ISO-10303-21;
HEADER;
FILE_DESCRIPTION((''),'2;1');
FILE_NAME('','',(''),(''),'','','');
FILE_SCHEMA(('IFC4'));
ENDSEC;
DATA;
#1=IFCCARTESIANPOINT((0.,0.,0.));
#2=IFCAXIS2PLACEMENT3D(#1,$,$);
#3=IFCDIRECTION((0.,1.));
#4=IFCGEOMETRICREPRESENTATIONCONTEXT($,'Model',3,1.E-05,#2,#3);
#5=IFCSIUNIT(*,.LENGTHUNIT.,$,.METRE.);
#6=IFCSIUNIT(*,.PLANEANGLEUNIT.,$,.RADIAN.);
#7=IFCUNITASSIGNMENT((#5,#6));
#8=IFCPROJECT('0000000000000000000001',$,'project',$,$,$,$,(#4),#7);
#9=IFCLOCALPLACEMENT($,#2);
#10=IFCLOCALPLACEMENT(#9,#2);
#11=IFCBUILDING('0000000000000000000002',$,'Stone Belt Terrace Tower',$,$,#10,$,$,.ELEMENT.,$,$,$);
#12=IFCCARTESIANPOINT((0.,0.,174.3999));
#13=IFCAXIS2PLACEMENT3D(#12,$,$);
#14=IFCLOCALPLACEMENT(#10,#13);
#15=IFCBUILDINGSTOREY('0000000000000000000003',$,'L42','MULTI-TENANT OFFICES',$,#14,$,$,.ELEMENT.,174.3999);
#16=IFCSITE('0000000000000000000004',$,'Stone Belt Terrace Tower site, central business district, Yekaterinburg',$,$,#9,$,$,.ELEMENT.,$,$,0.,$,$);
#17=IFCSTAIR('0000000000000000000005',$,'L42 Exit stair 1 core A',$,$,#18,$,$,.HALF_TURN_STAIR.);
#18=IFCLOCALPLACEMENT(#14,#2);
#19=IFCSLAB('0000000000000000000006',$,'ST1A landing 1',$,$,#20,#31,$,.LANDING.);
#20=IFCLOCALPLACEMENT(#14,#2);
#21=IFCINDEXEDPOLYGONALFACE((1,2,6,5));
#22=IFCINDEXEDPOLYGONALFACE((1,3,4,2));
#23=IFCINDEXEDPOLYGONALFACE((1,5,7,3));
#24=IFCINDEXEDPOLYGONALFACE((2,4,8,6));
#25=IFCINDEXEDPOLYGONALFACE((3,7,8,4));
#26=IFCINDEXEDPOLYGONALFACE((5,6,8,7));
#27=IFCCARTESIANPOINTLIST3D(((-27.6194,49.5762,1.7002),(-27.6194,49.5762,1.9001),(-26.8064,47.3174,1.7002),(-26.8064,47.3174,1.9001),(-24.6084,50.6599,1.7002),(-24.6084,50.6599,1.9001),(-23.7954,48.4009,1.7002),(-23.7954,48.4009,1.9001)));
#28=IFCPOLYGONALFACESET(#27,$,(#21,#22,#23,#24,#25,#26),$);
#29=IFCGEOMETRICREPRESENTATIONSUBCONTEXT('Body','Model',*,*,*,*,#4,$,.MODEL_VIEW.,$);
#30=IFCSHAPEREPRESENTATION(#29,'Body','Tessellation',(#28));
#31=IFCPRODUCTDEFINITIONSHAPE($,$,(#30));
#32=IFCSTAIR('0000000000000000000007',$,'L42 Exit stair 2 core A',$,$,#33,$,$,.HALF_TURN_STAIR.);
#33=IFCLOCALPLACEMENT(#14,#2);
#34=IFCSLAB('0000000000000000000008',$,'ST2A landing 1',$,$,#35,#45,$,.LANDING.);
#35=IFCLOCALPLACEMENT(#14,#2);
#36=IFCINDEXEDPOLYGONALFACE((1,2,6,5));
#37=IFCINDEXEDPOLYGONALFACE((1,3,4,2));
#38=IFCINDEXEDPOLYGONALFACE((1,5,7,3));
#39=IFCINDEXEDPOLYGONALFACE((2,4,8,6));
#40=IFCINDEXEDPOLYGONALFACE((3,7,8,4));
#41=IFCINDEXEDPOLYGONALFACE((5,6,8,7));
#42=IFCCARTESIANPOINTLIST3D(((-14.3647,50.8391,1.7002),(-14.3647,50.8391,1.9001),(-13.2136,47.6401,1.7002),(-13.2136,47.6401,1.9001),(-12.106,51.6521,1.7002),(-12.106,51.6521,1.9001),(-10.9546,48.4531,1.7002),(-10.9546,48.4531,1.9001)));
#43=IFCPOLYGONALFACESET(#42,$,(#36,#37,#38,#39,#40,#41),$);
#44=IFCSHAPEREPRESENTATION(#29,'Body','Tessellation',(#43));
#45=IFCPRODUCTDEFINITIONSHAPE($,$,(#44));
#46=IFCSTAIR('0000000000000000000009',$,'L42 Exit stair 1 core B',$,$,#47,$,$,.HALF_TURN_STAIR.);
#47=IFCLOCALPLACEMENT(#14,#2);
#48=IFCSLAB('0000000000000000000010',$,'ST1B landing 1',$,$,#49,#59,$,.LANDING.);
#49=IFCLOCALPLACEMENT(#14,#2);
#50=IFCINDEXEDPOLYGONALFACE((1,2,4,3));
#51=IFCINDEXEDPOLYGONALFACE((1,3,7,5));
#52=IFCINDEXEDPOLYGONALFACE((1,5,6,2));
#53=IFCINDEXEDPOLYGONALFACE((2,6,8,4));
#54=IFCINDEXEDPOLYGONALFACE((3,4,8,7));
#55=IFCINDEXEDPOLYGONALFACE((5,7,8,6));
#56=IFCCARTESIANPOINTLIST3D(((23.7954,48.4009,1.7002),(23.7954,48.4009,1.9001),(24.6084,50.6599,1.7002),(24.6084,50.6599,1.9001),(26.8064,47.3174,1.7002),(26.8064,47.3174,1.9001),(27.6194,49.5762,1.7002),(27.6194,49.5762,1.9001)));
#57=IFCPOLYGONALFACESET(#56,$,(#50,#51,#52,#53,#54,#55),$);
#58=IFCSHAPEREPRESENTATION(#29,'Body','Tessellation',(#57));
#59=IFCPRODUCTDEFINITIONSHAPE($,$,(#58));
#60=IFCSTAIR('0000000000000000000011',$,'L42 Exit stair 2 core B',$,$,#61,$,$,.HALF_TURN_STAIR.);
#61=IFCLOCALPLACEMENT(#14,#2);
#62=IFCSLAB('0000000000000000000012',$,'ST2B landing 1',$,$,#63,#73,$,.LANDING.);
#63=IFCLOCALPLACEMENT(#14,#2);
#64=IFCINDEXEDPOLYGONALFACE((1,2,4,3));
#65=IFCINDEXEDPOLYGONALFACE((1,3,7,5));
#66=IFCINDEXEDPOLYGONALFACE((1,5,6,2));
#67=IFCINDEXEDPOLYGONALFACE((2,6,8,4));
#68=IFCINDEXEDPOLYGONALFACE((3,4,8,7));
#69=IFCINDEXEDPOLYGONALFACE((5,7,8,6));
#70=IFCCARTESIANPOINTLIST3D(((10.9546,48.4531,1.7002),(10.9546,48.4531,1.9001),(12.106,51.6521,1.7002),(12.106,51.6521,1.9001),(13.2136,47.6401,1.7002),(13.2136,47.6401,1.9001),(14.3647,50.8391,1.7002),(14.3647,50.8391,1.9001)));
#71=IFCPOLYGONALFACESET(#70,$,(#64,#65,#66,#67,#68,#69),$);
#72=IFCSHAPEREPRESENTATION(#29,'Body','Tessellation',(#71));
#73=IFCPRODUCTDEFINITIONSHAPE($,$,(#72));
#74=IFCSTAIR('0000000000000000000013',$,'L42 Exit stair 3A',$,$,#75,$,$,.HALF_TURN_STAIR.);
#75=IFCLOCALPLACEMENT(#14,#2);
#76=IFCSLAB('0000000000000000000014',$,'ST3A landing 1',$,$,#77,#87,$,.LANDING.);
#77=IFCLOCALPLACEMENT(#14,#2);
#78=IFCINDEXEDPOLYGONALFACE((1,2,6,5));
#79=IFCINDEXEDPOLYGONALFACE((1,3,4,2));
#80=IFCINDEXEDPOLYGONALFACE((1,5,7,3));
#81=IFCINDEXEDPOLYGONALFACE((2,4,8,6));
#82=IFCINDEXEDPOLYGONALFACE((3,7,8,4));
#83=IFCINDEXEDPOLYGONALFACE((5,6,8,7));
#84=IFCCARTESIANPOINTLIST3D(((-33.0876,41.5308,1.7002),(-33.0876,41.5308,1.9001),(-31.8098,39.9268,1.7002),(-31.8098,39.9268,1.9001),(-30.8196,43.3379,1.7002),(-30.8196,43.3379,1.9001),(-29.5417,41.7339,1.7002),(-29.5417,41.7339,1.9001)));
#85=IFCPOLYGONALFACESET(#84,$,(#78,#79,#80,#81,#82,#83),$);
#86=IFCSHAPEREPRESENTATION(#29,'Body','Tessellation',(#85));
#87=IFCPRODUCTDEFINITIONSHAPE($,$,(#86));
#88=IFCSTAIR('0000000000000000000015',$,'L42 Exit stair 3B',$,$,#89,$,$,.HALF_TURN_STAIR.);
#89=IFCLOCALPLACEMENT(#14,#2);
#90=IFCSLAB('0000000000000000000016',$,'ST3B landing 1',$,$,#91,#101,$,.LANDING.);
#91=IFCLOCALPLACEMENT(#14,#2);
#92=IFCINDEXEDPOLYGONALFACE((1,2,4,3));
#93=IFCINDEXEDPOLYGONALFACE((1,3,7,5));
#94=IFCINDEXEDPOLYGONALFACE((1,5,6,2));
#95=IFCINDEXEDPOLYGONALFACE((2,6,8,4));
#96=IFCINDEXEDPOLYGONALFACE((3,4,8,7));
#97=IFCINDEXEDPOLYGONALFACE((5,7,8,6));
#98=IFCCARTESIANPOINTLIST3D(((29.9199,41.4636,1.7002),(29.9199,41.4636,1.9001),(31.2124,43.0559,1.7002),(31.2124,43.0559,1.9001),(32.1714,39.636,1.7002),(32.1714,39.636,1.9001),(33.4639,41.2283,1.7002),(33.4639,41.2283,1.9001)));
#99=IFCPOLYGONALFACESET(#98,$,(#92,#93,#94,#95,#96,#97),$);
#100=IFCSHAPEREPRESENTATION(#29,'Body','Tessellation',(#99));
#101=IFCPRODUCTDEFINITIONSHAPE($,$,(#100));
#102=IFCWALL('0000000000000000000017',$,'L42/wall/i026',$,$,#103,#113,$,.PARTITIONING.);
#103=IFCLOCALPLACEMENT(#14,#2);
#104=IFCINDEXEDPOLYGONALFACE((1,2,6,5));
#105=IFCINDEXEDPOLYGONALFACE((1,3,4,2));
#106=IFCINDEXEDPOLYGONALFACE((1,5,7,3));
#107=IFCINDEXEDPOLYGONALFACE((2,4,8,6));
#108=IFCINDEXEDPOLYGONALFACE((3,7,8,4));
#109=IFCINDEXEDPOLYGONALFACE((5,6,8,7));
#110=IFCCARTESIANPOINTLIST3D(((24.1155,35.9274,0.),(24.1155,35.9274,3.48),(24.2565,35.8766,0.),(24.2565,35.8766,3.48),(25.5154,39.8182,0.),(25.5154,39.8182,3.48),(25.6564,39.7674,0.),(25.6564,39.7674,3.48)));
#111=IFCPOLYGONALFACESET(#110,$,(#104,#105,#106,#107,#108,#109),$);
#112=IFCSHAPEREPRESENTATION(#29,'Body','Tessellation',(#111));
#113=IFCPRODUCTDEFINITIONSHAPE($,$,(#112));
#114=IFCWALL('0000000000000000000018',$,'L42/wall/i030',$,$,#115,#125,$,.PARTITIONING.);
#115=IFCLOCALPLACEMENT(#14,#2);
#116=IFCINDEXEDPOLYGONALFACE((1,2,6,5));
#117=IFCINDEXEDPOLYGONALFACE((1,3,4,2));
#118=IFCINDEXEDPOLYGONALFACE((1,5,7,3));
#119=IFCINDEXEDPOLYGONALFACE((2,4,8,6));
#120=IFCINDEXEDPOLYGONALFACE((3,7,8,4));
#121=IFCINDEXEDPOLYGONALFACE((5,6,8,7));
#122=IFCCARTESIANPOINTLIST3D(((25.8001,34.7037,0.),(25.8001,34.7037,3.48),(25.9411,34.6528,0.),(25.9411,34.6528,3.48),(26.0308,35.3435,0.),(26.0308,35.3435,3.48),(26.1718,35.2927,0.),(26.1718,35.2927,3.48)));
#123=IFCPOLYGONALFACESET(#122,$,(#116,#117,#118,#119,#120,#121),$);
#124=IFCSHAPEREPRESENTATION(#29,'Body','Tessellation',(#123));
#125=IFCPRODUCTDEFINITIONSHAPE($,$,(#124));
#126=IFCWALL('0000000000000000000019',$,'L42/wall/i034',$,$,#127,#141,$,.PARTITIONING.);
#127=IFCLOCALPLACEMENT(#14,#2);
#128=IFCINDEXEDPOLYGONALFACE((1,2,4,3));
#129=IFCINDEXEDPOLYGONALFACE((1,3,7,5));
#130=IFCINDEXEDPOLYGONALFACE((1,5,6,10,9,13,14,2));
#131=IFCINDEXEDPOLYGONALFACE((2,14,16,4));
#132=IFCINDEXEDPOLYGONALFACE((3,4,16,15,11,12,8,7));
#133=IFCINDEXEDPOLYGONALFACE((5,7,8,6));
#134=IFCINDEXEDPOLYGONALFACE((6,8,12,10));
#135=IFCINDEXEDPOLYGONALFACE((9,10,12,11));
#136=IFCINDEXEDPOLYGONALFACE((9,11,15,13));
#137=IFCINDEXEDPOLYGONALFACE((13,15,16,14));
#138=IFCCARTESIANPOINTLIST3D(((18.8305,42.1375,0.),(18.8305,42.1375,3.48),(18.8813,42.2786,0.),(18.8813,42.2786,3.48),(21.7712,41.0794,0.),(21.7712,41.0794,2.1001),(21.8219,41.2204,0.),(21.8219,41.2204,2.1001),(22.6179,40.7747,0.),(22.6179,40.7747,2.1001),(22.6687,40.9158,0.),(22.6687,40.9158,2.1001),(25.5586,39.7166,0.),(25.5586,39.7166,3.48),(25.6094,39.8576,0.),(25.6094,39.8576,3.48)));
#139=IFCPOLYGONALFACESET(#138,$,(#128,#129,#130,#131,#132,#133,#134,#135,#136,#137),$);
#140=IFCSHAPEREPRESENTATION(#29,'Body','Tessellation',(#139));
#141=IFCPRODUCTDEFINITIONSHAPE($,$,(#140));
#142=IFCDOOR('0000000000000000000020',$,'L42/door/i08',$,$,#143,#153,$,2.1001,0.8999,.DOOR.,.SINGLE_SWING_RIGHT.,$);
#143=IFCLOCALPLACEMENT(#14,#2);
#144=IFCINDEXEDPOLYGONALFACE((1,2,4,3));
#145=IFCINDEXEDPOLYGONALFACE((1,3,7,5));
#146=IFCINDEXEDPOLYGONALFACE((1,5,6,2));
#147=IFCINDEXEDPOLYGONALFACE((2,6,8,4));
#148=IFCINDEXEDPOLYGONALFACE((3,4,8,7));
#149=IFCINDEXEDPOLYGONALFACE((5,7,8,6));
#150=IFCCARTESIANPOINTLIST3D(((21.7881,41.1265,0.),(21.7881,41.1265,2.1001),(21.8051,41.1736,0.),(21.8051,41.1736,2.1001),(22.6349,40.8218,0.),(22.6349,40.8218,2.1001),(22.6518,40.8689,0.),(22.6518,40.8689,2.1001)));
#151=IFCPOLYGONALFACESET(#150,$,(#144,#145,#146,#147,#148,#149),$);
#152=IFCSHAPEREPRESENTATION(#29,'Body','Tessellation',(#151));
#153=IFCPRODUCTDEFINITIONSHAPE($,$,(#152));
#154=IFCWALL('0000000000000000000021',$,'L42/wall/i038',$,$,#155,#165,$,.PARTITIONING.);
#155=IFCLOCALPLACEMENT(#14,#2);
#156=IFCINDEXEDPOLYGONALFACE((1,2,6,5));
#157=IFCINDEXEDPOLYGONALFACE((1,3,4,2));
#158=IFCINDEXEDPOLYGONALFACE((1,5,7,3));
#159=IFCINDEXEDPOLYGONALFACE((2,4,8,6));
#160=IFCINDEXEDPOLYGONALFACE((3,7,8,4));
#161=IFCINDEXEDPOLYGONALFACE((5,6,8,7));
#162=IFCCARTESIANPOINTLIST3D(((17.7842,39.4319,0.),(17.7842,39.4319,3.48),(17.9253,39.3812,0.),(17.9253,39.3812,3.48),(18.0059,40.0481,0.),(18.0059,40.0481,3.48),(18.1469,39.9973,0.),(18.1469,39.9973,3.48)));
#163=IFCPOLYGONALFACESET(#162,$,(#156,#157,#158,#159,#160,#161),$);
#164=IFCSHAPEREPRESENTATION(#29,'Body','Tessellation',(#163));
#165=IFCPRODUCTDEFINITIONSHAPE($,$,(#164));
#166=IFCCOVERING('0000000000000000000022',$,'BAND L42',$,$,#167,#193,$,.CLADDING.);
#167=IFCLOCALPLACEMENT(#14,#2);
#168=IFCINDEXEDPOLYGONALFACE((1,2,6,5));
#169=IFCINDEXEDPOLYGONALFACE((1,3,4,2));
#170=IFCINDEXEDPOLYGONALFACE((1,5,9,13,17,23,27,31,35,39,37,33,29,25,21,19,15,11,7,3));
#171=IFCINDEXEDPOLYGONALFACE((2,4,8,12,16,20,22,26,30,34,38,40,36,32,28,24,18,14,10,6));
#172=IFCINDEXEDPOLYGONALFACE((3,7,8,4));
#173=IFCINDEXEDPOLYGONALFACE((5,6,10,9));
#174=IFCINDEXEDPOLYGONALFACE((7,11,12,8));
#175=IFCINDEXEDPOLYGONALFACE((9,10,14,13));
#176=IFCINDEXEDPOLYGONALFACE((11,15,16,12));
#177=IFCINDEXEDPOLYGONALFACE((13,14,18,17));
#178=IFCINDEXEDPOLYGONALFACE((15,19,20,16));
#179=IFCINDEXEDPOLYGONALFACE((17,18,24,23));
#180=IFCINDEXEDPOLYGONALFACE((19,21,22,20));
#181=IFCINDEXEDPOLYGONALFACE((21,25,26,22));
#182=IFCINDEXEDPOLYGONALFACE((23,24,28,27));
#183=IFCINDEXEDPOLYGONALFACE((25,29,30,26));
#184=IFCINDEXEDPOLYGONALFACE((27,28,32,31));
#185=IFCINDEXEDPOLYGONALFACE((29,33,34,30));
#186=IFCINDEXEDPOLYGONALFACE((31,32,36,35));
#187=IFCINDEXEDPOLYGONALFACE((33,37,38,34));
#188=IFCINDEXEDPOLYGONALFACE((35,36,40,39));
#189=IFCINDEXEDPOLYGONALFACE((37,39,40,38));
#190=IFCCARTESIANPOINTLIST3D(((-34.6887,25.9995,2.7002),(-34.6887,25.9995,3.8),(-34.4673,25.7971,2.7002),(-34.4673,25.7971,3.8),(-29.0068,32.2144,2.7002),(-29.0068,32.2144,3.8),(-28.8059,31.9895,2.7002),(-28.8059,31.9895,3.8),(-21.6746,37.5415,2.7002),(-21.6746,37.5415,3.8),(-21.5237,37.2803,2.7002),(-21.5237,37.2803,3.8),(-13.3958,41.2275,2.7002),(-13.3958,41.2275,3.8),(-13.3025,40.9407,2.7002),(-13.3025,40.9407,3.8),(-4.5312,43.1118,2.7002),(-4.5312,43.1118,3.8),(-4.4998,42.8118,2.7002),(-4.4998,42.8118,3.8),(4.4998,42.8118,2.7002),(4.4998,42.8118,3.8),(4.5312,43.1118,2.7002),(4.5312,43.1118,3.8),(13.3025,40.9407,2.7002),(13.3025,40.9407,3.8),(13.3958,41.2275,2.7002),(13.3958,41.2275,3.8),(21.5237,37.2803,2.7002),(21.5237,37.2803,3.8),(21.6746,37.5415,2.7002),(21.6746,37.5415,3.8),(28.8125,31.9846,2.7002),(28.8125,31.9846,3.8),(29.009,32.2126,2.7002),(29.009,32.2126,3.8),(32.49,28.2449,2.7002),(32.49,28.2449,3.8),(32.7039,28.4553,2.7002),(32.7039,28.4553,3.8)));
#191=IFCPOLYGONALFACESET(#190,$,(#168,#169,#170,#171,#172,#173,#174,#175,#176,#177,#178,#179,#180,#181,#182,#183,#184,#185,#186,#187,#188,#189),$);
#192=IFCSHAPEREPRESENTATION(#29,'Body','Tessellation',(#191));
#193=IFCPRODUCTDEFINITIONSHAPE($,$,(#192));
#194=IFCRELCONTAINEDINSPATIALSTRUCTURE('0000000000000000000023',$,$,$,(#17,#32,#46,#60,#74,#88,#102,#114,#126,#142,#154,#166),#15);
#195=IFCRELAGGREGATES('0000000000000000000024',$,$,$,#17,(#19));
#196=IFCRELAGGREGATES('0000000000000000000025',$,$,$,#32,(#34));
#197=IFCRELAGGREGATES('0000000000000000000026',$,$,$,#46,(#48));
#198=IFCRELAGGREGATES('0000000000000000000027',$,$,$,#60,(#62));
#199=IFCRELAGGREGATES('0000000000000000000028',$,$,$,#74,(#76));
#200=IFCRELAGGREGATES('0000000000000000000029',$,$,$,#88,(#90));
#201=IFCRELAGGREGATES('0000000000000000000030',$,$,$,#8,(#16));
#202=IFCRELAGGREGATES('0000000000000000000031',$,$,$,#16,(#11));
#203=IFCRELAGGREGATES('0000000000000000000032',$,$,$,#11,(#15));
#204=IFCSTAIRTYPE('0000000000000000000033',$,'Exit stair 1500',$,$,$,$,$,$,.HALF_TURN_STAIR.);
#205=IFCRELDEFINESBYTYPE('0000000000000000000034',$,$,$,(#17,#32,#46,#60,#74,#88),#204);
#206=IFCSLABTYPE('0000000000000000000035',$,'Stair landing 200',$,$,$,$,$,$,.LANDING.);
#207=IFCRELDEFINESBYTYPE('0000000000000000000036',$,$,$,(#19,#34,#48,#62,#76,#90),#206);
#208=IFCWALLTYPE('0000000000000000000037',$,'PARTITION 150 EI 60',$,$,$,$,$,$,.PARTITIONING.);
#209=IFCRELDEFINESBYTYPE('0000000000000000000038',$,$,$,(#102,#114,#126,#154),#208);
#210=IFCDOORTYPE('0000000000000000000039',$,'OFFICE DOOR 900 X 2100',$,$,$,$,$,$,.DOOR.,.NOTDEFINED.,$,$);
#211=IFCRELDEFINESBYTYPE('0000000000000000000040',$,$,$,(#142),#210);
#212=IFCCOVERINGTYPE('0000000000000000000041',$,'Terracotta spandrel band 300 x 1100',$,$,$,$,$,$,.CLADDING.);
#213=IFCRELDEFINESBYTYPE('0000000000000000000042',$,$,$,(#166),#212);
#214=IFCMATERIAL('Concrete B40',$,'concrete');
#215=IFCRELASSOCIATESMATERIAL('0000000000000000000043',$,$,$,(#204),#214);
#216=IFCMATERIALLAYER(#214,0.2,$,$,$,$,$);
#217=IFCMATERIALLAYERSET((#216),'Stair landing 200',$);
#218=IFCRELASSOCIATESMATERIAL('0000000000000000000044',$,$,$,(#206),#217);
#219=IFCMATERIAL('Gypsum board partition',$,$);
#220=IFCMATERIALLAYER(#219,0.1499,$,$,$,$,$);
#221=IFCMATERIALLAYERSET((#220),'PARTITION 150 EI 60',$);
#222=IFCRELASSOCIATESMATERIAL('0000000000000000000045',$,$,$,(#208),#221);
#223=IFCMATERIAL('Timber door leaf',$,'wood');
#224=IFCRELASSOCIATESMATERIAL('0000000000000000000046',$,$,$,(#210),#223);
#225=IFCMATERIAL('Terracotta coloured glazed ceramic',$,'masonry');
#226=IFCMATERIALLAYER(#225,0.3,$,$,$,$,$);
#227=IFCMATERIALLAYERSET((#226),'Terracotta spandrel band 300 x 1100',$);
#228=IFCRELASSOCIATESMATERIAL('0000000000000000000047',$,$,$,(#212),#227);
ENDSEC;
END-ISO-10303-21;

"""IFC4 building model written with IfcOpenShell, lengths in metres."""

from ifc_helpers import new_model, si_unit, direction, frame, frame_2d, origin, place, context, subcontext, project, spatial, polyline, rectangle, outline, extrude, material, layer, layer_set, type_object, element, fill, aggregate, save


model = new_model("IFC4")

# Units and contexts
model_context = context("Model", 3, precision=1e-05, world=origin(), true_north=direction((0.0, 1.0)))
body_context = subcontext(model_context, "Body", "Model", "MODEL_VIEW")
ifc_project = project(units=[si_unit("LENGTHUNIT", "METRE"), si_unit("PLANEANGLEUNIT", "RADIAN")], contexts=[model_context])

# Site, building, storey
site_placement = place(None, origin())
site = spatial("IfcSite", under=ifc_project, at=site_placement, Name="Stone Belt Terrace Tower site, central business district, Yekaterinburg", CompositionType="ELEMENT", RefElevation=0.0)
building_placement = place(site_placement, origin())
building = spatial("IfcBuilding", under=site, at=building_placement, Name="Stone Belt Terrace Tower", CompositionType="ELEMENT")
storey_placement = place(building_placement, frame((0.0, 0.0, 174.3999)))
storey = spatial("IfcBuildingStorey", under=building, at=storey_placement, Name="L42", Description="MULTI-TENANT OFFICES", CompositionType="ELEMENT", Elevation=174.3999)

# Shared definitions
ifc_material_1 = material(Name="Concrete B40", Category="concrete")

# Stairs, slabs
stair_type = type_object("IfcStairType", Name="Exit stair 1500", PredefinedType="HALF_TURN_STAIR", material=ifc_material_1)
stair_1_placement = place(storey_placement, origin())
stair_1 = element("IfcStair", 1, at=stair_1_placement, inside=storey, type_object=stair_type, Name="L42 Exit stair 1 core A", PredefinedType="HALF_TURN_STAIR")
ifc_layer_1 = layer(ifc_material_1, 0.2)
ifc_layer_set_1 = layer_set([ifc_layer_1], Name="Stair landing 200")
slab_type_1 = type_object("IfcSlabType", Name="Stair landing 200", PredefinedType="LANDING", material=ifc_layer_set_1)
slab_1_placement = place(storey_placement, frame((0.0, 0.0, 1.7002)))
slab_1 = element("IfcSlab", 2, at=slab_1_placement, type_object=slab_type_1, Name="ST1A landing 1", PredefinedType="LANDING", context=body_context, shape_type="SweptSolid", body=[
    extrude(outline(polyline([(-23.7954, 48.4009), (-24.6084, 50.6599), (-27.6194, 49.5762), (-26.8064, 47.3174), (-23.7954, 48.4009)])), origin(), (0.0, 0.0, 1.0), 0.2),
])
aggregate(stair_1, [slab_1])
stair_2_placement = place(storey_placement, origin())
stair_2 = element("IfcStair", 3, at=stair_2_placement, inside=storey, type_object=stair_type, Name="L42 Exit stair 2 core A", PredefinedType="HALF_TURN_STAIR")
slab_2_placement = place(storey_placement, frame((0.0, 0.0, 1.7002)))
slab_2 = element("IfcSlab", 4, at=slab_2_placement, type_object=slab_type_1, Name="ST2A landing 1", PredefinedType="LANDING", context=body_context, shape_type="SweptSolid", body=[
    extrude(outline(polyline([(-13.2136, 47.6401), (-10.9546, 48.4531), (-12.106, 51.6521), (-14.3647, 50.8391), (-13.2136, 47.6401)])), origin(), (0.0, 0.0, 1.0), 0.2),
])
aggregate(stair_2, [slab_2])
stair_3_placement = place(storey_placement, origin())
stair_3 = element("IfcStair", 5, at=stair_3_placement, inside=storey, type_object=stair_type, Name="L42 Exit stair 1 core B", PredefinedType="HALF_TURN_STAIR")
slab_3_placement = place(storey_placement, frame((0.0, 0.0, 1.7002)))
slab_3 = element("IfcSlab", 6, at=slab_3_placement, type_object=slab_type_1, Name="ST1B landing 1", PredefinedType="LANDING", context=body_context, shape_type="SweptSolid", body=[
    extrude(outline(polyline([(26.8064, 47.3174), (27.6194, 49.5762), (24.6084, 50.6599), (23.7954, 48.4009), (26.8064, 47.3174)])), origin(), (0.0, 0.0, 1.0), 0.2),
])
aggregate(stair_3, [slab_3])
stair_4_placement = place(storey_placement, origin())
stair_4 = element("IfcStair", 7, at=stair_4_placement, inside=storey, type_object=stair_type, Name="L42 Exit stair 2 core B", PredefinedType="HALF_TURN_STAIR")
slab_4_placement = place(storey_placement, frame((0.0, 0.0, 1.7002)))
slab_4 = element("IfcSlab", 8, at=slab_4_placement, type_object=slab_type_1, Name="ST2B landing 1", PredefinedType="LANDING", context=body_context, shape_type="SweptSolid", body=[
    extrude(outline(polyline([(14.3647, 50.8391), (12.106, 51.6521), (10.9546, 48.4531), (13.2136, 47.6401), (14.3647, 50.8391)])), origin(), (0.0, 0.0, 1.0), 0.2),
])
aggregate(stair_4, [slab_4])
stair_5_placement = place(storey_placement, origin())
stair_5 = element("IfcStair", 9, at=stair_5_placement, inside=storey, type_object=stair_type, Name="L42 Exit stair 3A", PredefinedType="HALF_TURN_STAIR")
slab_5_placement = place(storey_placement, frame((0.0, 0.0, 1.7002)))
slab_5 = element("IfcSlab", 10, at=slab_5_placement, type_object=slab_type_1, Name="ST3A landing 1", PredefinedType="LANDING", context=body_context, shape_type="SweptSolid", body=[
    extrude(outline(polyline([(-29.5417, 41.7339), (-30.8196, 43.3379), (-33.0876, 41.5308), (-31.8098, 39.9268), (-29.5417, 41.7339)])), origin(), (0.0, 0.0, 1.0), 0.2),
])
aggregate(stair_5, [slab_5])
stair_6_placement = place(storey_placement, origin())
stair_6 = element("IfcStair", 11, at=stair_6_placement, inside=storey, type_object=stair_type, Name="L42 Exit stair 3B", PredefinedType="HALF_TURN_STAIR")
slab_6_placement = place(storey_placement, frame((0.0, 0.0, 1.7002)))
slab_6 = element("IfcSlab", 12, at=slab_6_placement, type_object=slab_type_1, Name="ST3B landing 1", PredefinedType="LANDING", context=body_context, shape_type="SweptSolid", body=[
    extrude(outline(polyline([(32.1714, 39.636), (33.4639, 41.2283), (31.2124, 43.0559), (29.9199, 41.4636), (32.1714, 39.636)])), origin(), (0.0, 0.0, 1.0), 0.2),
])
aggregate(stair_6, [slab_6])

# Walls
ifc_material_2 = material(Name="Gypsum board partition")
ifc_layer_2 = layer(ifc_material_2, 0.1499)
ifc_layer_set_2 = layer_set([ifc_layer_2], Name="PARTITION 150 EI 60")
wall_type = type_object("IfcWallType", Name="PARTITION 150 EI 60", PredefinedType="PARTITIONING", material=ifc_layer_set_2)
wall_1_placement = place(storey_placement, frame((24.186, 35.9021, 0.0), z_axis=(0.0, 0.0, 1.0), x_axis=(0.338546, 0.94095, 0.0)))
element("IfcWall", 13, at=wall_1_placement, inside=storey, type_object=wall_type, Name="L42/wall/i026", PredefinedType="PARTITIONING", context=body_context, shape_type="SweptSolid", body=[
    extrude(rectangle(XDim=4.135, YDim=0.1499, at=frame_2d((2.0674, 0.0))), origin(), (0.0, 0.0, 1.0), 3.48),
])
wall_2_placement = place(storey_placement, frame((26.1013, 35.3181, 0.0), z_axis=(0.0, 0.0, 1.0), x_axis=(-0.339177, -0.940723, 0.0)))
element("IfcWall", 14, at=wall_2_placement, inside=storey, type_object=wall_type, Name="L42/wall/i030", PredefinedType="PARTITIONING", context=body_context, shape_type="SweptSolid", body=[
    extrude(rectangle(XDim=0.6802, YDim=0.1499, at=frame_2d((0.3401, 0.0))), origin(), (0.0, 0.0, 1.0), 3.48),
])

# Wall, opening, door
wall_3_placement = place(storey_placement, frame((25.584, 39.7871, 0.0), z_axis=(0.0, 0.0, 1.0), x_axis=(-0.940941, 0.338572, 0.0)))
wall_3 = element("IfcWall", 15, at=wall_3_placement, inside=storey, type_object=wall_type, Name="L42/wall/i034", PredefinedType="PARTITIONING", context=body_context, shape_type="SweptSolid", body=[
    extrude(rectangle(XDim=7.1504, YDim=0.1499, at=frame_2d((3.5752, 0.0))), origin(), (0.0, 0.0, 1.0), 3.48),
])
opening_placement = place(wall_3_placement, frame((3.1252, 0.0, 0.0)))
opening = element("IfcOpeningElement", 16, at=opening_placement, cuts=wall_3, PredefinedType="OPENING", context=body_context, shape_type="SweptSolid", body=[
    extrude(rectangle(XDim=0.8999, YDim=2.1001, at=frame_2d((0.45, 1.05))), frame((0.0, 0.085, 0.0), z_axis=(0.0, -1.0, 0.0), x_axis=(1.0, 0.0, 0.0)), (0.0, 0.0, 1.0), 0.1699),
])
ifc_material_3 = material(Name="Timber door leaf", Category="wood")
door_type = type_object("IfcDoorType", Name="OFFICE DOOR 900 X 2100", OperationType="NOTDEFINED", PredefinedType="DOOR", material=ifc_material_3)
door_placement = place(opening_placement, origin())
door = element("IfcDoor", 17, at=door_placement, inside=storey, type_object=door_type, Name="L42/door/i08", OperationType="SINGLE_SWING_RIGHT", OverallHeight=2.1001, OverallWidth=0.8999, PredefinedType="DOOR", context=body_context, shape_type="SweptSolid", body=[
    extrude(rectangle(XDim=0.8999, YDim=2.1001, at=frame_2d((0.45, 1.05))), frame((0.0, 0.0249, 0.0), z_axis=(0.0, -1.0, 0.0), x_axis=(1.0, 0.0, 0.0)), (0.0, 0.0, 1.0), 0.05),
])
fill(opening, door)

# Wall
wall_4_placement = place(storey_placement, frame((18.0764, 40.0227, 0.0), z_axis=(0.0, 0.0, 1.0), x_axis=(-0.338508, -0.940963, 0.0)))
element("IfcWall", 18, at=wall_4_placement, inside=storey, type_object=wall_type, Name="L42/wall/i038", PredefinedType="PARTITIONING", context=body_context, shape_type="SweptSolid", body=[
    extrude(rectangle(XDim=0.6548, YDim=0.1499, at=frame_2d((0.3274, 0.0))), origin(), (0.0, 0.0, 1.0), 3.48),
])

# Covering
ifc_material_4 = material(Name="Terracotta coloured glazed ceramic", Category="masonry")
ifc_layer_3 = layer(ifc_material_4, 0.3)
ifc_layer_set_3 = layer_set([ifc_layer_3], Name="Terracotta spandrel band 300 x 1100")
covering_type = type_object("IfcCoveringType", Name="Terracotta spandrel band 300 x 1100", PredefinedType="CLADDING", material=ifc_layer_set_3)
covering_placement = place(storey_placement, frame((0.0, 0.0, 2.7002)))
element("IfcCovering", 19, at=covering_placement, inside=storey, type_object=covering_type, Name="BAND L42", PredefinedType="CLADDING", context=body_context, shape_type="SweptSolid", body=[
    extrude(outline(polyline([(-34.6887, 25.9995), (-29.0068, 32.2144), (-21.6746, 37.5415), (-13.3958, 41.2275), (-4.5312, 43.1118), (4.5312, 43.1118), (13.3958, 41.2275), (21.6746, 37.5415), (29.009, 32.2126), (32.7039, 28.4553), (32.49, 28.2449), (28.8125, 31.9846), (21.5237, 37.2803), (13.3025, 40.9407), (4.4998, 42.8118), (-4.4998, 42.8118), (-13.3025, 40.9407), (-21.5237, 37.2803), (-28.8059, 31.9895), (-34.4673, 25.7971), (-34.6887, 25.9995)])), origin(), (0.0, 0.0, 1.0), 1.0999),
])

save(model, "model.ifc")
